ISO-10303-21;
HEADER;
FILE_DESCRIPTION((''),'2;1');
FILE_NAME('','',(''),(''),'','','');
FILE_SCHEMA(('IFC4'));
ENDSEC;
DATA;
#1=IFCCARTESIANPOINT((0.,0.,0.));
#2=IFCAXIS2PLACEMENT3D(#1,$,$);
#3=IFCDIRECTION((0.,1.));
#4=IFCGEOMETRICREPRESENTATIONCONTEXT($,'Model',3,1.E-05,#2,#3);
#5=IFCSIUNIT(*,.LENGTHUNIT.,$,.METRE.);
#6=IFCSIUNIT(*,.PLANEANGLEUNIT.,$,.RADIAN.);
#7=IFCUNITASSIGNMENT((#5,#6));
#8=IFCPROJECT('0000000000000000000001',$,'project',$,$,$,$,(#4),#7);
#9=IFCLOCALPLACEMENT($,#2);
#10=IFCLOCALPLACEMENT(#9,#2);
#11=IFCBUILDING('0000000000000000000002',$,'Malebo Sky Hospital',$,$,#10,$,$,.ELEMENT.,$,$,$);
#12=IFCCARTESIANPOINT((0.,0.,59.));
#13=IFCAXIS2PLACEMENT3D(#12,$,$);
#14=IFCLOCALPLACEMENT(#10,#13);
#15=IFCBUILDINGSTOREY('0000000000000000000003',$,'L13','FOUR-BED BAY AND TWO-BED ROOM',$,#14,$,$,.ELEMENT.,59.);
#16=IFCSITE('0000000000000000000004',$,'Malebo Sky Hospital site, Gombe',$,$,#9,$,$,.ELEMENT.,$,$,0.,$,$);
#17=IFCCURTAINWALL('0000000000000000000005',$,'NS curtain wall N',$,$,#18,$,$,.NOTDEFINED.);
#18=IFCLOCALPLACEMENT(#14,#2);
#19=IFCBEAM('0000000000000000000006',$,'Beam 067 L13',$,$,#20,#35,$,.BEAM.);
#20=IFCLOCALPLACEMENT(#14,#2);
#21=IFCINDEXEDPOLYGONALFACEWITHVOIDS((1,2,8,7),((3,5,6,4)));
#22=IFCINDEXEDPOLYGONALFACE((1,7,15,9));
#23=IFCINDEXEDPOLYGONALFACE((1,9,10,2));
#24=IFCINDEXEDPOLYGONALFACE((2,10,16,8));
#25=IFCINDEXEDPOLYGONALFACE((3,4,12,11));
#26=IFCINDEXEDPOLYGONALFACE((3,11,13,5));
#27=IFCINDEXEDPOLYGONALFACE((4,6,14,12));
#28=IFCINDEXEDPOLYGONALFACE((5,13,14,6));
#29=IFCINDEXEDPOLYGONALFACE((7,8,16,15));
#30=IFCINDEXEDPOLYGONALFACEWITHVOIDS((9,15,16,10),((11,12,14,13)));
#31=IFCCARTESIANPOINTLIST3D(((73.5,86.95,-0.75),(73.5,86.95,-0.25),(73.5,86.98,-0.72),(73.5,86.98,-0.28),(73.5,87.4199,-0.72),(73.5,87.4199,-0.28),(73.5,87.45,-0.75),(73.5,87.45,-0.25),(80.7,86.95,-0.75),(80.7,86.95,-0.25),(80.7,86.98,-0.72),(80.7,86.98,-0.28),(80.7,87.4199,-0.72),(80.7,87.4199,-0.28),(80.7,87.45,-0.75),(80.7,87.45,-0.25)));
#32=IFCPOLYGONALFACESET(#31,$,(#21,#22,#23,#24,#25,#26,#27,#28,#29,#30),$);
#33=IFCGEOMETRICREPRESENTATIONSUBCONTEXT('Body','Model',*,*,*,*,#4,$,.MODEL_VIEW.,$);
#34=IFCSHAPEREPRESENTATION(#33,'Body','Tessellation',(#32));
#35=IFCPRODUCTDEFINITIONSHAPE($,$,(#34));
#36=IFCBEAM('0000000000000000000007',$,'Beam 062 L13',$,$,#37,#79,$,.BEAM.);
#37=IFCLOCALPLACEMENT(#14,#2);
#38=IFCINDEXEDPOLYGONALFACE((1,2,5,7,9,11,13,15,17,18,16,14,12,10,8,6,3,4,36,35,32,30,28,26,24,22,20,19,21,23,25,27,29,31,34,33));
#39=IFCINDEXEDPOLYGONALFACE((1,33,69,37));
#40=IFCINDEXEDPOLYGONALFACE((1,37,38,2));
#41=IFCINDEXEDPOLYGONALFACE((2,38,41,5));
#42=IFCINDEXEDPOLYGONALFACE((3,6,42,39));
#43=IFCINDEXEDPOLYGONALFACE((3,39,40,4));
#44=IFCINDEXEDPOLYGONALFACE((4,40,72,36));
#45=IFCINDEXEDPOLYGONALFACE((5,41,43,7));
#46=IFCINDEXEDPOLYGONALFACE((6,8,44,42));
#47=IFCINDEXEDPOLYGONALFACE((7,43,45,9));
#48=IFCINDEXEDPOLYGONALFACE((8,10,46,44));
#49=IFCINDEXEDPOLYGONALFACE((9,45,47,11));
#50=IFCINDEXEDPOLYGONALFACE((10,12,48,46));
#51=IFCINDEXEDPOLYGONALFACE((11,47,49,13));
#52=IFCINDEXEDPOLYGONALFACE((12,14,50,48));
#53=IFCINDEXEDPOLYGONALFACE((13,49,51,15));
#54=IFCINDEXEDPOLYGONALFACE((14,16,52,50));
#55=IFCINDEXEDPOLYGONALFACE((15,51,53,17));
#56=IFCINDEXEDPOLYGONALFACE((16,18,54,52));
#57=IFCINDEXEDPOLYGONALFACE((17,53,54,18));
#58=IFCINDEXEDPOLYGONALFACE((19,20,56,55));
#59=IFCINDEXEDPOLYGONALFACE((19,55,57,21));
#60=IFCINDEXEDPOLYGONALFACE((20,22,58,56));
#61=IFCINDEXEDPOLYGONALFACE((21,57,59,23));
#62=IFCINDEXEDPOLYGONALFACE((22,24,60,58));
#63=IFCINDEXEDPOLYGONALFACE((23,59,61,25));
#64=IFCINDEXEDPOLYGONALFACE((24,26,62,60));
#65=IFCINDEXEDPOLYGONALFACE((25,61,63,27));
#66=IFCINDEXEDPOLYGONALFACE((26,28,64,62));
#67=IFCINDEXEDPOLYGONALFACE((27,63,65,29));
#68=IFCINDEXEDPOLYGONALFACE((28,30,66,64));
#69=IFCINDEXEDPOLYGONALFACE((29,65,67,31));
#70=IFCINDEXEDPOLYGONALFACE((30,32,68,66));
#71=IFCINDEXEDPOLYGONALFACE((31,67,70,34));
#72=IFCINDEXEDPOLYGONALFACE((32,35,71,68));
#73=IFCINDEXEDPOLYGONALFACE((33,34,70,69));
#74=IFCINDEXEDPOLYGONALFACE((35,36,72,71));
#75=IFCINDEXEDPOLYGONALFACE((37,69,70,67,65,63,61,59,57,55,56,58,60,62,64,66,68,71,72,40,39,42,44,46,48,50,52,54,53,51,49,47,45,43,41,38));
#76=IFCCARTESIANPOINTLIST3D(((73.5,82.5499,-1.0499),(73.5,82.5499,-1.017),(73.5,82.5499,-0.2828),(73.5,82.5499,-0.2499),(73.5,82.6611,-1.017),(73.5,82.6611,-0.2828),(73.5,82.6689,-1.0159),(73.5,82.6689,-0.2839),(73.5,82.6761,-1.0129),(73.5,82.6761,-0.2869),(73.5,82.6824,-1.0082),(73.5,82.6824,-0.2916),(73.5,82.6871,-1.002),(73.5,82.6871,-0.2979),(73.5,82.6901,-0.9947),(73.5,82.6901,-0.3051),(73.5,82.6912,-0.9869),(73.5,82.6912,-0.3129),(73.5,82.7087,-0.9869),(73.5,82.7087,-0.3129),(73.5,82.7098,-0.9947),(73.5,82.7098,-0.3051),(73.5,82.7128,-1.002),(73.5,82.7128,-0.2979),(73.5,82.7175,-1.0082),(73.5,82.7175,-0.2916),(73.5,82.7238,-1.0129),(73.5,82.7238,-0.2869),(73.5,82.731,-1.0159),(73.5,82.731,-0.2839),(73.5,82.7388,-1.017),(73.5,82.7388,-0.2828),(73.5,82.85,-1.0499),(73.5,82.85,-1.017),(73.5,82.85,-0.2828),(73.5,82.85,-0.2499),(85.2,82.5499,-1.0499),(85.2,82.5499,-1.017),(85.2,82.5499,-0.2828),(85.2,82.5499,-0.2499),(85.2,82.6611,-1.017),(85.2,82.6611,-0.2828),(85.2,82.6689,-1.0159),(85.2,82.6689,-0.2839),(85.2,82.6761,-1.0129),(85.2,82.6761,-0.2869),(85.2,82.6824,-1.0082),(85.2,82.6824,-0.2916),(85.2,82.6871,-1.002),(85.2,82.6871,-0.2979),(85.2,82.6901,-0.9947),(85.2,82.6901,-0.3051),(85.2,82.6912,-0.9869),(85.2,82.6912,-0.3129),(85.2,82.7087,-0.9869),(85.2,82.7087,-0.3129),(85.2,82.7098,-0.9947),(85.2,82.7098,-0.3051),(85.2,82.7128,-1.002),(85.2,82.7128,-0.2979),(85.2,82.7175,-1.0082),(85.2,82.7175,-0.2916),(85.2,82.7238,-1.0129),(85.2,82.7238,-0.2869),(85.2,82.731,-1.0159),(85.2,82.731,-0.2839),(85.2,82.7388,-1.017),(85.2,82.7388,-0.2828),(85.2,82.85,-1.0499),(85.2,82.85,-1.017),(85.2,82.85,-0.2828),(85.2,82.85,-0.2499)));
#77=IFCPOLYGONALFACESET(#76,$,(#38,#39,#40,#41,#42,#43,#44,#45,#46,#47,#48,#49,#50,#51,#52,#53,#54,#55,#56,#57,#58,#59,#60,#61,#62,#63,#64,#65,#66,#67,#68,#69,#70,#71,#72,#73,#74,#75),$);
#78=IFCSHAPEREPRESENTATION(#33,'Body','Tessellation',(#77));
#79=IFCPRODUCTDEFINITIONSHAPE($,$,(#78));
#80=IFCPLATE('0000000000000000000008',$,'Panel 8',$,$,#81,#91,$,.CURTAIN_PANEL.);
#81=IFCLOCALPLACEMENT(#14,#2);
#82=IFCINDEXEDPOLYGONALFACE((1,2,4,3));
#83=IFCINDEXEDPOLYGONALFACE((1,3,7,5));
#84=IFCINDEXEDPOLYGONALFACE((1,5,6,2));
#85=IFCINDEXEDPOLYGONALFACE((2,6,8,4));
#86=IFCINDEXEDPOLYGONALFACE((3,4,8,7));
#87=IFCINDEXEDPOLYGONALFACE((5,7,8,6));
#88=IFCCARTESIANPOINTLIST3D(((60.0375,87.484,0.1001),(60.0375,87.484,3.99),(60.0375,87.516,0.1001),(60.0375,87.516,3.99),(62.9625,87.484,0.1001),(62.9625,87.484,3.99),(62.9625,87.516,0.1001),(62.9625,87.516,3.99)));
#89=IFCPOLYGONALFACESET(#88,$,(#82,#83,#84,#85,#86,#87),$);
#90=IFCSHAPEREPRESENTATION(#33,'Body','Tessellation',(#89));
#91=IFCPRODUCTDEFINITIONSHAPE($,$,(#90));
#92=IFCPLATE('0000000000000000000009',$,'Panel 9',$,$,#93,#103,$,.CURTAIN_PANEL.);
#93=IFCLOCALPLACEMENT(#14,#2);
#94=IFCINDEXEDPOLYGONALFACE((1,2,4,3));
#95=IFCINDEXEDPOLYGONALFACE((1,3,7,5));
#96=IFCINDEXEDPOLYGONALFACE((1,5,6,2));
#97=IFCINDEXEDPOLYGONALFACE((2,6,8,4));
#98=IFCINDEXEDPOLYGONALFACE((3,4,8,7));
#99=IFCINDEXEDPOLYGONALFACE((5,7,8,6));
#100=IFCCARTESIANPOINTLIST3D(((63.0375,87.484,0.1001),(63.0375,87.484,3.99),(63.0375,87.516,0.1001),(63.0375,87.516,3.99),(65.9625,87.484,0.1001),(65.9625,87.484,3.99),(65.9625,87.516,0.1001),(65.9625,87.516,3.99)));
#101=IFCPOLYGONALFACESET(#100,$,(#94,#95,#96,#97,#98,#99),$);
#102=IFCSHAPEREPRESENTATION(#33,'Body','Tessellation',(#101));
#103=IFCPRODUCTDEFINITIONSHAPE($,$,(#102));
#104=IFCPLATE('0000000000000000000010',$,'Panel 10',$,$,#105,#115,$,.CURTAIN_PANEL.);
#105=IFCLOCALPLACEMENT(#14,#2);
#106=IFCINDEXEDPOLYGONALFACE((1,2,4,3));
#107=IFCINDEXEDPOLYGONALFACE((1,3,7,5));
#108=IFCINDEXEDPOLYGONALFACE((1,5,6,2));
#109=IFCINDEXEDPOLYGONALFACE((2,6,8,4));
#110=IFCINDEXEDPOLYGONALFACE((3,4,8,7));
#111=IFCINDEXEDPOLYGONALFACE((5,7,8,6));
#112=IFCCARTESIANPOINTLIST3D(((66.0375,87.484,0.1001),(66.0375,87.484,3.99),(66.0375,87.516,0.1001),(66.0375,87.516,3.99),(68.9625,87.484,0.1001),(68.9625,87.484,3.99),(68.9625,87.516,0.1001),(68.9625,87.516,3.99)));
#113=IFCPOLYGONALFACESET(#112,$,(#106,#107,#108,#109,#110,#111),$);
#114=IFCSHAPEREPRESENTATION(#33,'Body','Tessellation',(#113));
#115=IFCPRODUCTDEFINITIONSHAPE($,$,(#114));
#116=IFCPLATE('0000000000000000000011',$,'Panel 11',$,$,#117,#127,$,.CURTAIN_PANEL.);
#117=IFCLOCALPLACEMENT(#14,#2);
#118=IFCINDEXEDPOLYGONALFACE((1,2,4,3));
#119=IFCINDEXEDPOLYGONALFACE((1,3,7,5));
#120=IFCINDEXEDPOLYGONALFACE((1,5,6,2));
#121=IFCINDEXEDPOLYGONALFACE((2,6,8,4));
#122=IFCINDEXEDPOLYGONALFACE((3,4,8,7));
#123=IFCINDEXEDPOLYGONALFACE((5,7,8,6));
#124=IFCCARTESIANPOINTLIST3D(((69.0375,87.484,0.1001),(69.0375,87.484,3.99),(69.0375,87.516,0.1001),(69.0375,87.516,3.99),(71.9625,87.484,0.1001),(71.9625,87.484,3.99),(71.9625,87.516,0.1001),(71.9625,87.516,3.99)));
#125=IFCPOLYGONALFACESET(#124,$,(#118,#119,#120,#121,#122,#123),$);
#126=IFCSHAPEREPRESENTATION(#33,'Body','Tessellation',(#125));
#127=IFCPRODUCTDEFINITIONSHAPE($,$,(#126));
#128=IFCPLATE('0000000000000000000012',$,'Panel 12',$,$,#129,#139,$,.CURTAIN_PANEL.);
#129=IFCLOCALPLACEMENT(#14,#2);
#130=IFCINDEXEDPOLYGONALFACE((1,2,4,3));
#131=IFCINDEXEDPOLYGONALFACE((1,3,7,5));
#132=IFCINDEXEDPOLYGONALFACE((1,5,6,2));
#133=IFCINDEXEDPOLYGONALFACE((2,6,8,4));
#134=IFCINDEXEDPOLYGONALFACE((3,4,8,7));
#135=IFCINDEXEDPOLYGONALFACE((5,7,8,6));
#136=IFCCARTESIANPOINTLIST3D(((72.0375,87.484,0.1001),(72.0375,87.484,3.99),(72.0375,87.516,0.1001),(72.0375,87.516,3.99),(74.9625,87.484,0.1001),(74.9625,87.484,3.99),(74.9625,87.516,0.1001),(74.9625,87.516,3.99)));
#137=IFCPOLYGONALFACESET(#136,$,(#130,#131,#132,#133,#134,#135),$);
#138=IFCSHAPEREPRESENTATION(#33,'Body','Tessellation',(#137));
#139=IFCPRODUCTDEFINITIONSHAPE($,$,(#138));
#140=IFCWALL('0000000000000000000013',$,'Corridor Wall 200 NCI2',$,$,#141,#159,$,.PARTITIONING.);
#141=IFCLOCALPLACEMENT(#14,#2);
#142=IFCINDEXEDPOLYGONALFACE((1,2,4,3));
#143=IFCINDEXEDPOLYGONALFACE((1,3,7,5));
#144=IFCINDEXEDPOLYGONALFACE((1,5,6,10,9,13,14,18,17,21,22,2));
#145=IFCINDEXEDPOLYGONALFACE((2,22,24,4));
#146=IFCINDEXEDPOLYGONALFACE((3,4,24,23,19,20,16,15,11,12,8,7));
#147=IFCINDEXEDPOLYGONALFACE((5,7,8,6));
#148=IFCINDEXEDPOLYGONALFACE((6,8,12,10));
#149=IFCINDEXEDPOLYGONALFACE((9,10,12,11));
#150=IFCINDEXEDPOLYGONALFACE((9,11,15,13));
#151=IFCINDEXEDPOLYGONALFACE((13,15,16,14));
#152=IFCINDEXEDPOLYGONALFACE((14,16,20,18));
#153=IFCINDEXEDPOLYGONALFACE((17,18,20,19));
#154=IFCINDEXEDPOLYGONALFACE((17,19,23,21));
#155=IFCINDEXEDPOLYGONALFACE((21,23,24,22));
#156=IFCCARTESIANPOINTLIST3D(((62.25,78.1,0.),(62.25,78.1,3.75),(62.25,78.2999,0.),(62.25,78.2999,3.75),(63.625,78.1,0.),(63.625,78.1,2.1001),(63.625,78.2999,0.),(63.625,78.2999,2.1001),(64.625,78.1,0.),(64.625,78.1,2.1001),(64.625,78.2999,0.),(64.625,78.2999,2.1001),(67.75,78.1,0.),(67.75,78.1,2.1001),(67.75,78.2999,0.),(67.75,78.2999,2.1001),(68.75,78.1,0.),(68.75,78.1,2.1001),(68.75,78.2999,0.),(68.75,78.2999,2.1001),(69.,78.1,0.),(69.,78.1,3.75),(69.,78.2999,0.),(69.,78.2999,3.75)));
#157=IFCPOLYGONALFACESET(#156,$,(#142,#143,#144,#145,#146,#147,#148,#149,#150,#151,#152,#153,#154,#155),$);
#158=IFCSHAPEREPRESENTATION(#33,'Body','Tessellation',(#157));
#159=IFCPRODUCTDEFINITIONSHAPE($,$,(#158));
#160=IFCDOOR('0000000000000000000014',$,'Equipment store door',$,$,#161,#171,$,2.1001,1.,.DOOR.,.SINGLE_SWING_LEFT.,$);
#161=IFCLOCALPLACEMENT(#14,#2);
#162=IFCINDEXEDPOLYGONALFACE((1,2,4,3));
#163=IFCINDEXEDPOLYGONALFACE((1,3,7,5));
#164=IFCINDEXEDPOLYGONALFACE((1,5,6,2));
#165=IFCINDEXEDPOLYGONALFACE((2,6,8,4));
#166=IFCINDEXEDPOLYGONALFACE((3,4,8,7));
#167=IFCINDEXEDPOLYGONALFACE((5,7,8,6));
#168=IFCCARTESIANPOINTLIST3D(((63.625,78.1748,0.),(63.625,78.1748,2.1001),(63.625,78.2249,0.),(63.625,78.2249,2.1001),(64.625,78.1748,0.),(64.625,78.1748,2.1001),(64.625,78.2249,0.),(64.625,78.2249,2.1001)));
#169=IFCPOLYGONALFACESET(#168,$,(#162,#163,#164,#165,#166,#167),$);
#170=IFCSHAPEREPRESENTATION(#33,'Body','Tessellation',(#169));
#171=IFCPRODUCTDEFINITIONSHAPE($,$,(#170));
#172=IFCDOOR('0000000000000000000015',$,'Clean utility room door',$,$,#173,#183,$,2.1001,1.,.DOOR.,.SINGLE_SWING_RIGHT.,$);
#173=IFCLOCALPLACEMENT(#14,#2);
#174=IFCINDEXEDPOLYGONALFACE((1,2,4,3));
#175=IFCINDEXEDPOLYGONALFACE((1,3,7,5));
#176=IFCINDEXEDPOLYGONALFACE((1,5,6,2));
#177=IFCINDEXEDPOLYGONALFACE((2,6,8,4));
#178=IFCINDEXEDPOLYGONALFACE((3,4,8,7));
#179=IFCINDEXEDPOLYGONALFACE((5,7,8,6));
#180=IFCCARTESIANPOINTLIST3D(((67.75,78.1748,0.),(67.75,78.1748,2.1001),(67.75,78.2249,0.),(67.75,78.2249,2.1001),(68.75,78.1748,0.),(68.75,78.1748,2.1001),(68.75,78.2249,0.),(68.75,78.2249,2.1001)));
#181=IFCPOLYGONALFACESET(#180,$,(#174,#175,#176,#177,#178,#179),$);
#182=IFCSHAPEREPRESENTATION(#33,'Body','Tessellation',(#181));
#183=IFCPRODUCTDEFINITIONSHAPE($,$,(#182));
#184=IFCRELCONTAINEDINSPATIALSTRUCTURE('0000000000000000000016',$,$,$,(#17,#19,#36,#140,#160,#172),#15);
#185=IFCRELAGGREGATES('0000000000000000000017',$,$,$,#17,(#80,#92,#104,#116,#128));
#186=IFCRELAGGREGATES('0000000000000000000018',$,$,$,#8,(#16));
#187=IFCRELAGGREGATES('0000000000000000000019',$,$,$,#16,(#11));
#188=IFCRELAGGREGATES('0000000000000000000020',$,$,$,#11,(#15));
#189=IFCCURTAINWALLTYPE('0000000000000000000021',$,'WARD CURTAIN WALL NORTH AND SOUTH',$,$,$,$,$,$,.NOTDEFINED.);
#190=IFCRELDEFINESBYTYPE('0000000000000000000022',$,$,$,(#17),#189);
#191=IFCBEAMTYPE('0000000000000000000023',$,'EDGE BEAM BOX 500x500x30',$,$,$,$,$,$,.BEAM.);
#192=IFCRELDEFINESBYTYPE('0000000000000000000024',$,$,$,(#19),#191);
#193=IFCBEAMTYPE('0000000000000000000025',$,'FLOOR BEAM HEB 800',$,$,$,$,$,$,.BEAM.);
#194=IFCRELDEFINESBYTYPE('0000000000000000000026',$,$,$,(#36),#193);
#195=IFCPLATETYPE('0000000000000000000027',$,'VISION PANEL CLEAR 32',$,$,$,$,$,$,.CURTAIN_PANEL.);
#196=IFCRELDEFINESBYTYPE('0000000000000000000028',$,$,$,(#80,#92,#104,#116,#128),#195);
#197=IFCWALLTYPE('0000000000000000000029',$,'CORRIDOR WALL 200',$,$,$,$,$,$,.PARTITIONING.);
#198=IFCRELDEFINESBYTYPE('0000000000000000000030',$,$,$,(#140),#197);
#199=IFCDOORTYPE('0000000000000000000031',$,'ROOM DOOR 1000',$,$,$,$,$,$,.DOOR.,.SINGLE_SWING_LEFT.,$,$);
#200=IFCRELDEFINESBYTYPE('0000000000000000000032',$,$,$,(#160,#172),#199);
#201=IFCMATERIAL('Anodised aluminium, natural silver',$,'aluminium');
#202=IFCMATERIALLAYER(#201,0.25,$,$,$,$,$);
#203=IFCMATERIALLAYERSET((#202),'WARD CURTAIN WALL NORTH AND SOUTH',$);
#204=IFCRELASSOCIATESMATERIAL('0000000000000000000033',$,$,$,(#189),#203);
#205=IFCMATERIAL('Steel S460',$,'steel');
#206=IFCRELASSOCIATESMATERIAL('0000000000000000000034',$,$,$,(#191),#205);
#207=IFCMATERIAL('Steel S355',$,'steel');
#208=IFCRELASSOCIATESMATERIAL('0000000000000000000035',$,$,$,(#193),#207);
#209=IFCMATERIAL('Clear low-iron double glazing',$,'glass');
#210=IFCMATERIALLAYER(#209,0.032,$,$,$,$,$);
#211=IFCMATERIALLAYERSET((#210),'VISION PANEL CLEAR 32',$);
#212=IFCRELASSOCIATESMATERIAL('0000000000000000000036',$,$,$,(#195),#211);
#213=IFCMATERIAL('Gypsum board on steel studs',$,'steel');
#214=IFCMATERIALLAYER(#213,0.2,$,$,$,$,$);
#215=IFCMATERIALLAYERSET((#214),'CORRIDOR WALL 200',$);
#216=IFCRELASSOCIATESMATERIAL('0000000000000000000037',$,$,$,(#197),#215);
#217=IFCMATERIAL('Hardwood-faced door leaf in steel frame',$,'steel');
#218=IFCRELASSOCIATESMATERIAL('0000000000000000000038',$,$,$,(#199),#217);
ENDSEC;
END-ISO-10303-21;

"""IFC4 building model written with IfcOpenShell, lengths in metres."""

from ifc_helpers import new_model, si_unit, direction, frame, frame_2d, origin, origin_2d, place, context, subcontext, project, spatial, rectangle, hollow_rectangle, i_section, extrude, material, layer, layer_set, material_profile, profile_set, type_object, element, fill, aggregate, save


model = new_model("IFC4")

# Units and contexts
model_context = context("Model", 3, precision=1e-05, world=origin(), true_north=direction((0.0, 1.0)))
body_context = subcontext(model_context, "Body", "Model", "MODEL_VIEW")
ifc_project = project(units=[si_unit("LENGTHUNIT", "METRE"), si_unit("PLANEANGLEUNIT", "RADIAN")], contexts=[model_context])

# Site, building, storey
site_placement = place(None, origin())
site = spatial("IfcSite", under=ifc_project, at=site_placement, Name="Malebo Sky Hospital site, Gombe", CompositionType="ELEMENT", RefElevation=0.0)
building_placement = place(site_placement, origin())
building = spatial("IfcBuilding", under=site, at=building_placement, Name="Malebo Sky Hospital", CompositionType="ELEMENT")
storey_placement = place(building_placement, frame((0.0, 0.0, 59.0)))
storey = spatial("IfcBuildingStorey", under=building, at=storey_placement, Name="L13", Description="FOUR-BED BAY AND TWO-BED ROOM", CompositionType="ELEMENT", Elevation=59.0)

# Shared definitions
ifc_material_1 = material(Name="Steel S460", Category="steel")

# Curtain wall
ifc_material_2 = material(Name="Anodised aluminium, natural silver", Category="aluminium")
ifc_layer_1 = layer(ifc_material_2, 0.25)
ifc_layer_set_1 = layer_set([ifc_layer_1], Name="WARD CURTAIN WALL NORTH AND SOUTH")
curtain_wall_type = type_object("IfcCurtainWallType", Name="WARD CURTAIN WALL NORTH AND SOUTH", PredefinedType="NOTDEFINED", material=ifc_layer_set_1)
curtain_wall_placement = place(storey_placement, origin())
curtain_wall = element("IfcCurtainWall", 1, at=curtain_wall_placement, inside=storey, type_object=curtain_wall_type, Name="NS curtain wall N", PredefinedType="NOTDEFINED")

# Beams
ifc_material_profile_1 = material_profile(ifc_material_1, hollow_rectangle(XDim=0.5, YDim=0.5, WallThickness=0.03, at=origin_2d()), Name="BOX 500x500x30")
ifc_profile_set_1 = profile_set([ifc_material_profile_1], Name="Steel S460")
beam_type_1 = type_object("IfcBeamType", Name="EDGE BEAM BOX 500x500x30", PredefinedType="BEAM", material=ifc_profile_set_1)
beam_1_placement = place(storey_placement, frame((73.5, 87.2, -0.5), z_axis=(1.0, 0.0, 0.0), x_axis=(0.0, 1.0, 0.0)))
element("IfcBeam", 2, at=beam_1_placement, inside=storey, type_object=beam_type_1, Name="Beam 067 L13", PredefinedType="BEAM", context=body_context, shape_type="SweptSolid", body=[
    extrude(hollow_rectangle(XDim=0.5, YDim=0.5, WallThickness=0.03, at=origin_2d()), origin(), (0.0, 0.0, 1.0), 7.2),
])
ifc_material_3 = material(Name="Steel S355", Category="steel")
ifc_material_profile_2 = material_profile(ifc_material_3, i_section(OverallWidth=0.3, OverallDepth=0.8, WebThickness=0.0176, FlangeThickness=0.033, FilletRadius=0.03, at=origin_2d()), Name="HEB 800")
ifc_profile_set_2 = profile_set([ifc_material_profile_2], Name="Steel S355")
beam_type_2 = type_object("IfcBeamType", Name="FLOOR BEAM HEB 800", PredefinedType="BEAM", material=ifc_profile_set_2)
beam_2_placement = place(storey_placement, frame((73.5, 82.7, -0.6499), z_axis=(1.0, 0.0, 0.0), x_axis=(0.0, 1.0, 0.0)))
element("IfcBeam", 3, at=beam_2_placement, inside=storey, type_object=beam_type_2, Name="Beam 062 L13", PredefinedType="BEAM", context=body_context, shape_type="SweptSolid", body=[
    extrude(i_section(OverallWidth=0.3, OverallDepth=0.8, WebThickness=0.0176, FlangeThickness=0.033, FilletRadius=0.03, at=origin_2d()), origin(), (0.0, 0.0, 1.0), 11.7),
])

# Plates
ifc_material_4 = material(Name="Clear low-iron double glazing", Category="glass")
ifc_layer_2 = layer(ifc_material_4, 0.032)
ifc_layer_set_2 = layer_set([ifc_layer_2], Name="VISION PANEL CLEAR 32")
plate_type = type_object("IfcPlateType", Name="VISION PANEL CLEAR 32", PredefinedType="CURTAIN_PANEL", material=ifc_layer_set_2)
plate_1_placement = place(storey_placement, frame((61.5, 87.5, 0.1001), z_axis=(0.0, 0.0, 1.0), x_axis=(1.0, 0.0, 0.0)))
plate_1 = element("IfcPlate", 4, at=plate_1_placement, type_object=plate_type, Name="Panel 8", PredefinedType="CURTAIN_PANEL", context=body_context, shape_type="SweptSolid", body=[
    extrude(rectangle(XDim=2.925, YDim=0.032, at=origin_2d()), origin(), (0.0, 0.0, 1.0), 3.8899),
])
plate_2_placement = place(storey_placement, frame((64.5, 87.5, 0.1001), z_axis=(0.0, 0.0, 1.0), x_axis=(1.0, 0.0, 0.0)))
plate_2 = element("IfcPlate", 5, at=plate_2_placement, type_object=plate_type, Name="Panel 9", PredefinedType="CURTAIN_PANEL", context=body_context, shape_type="SweptSolid", body=[
    extrude(rectangle(XDim=2.925, YDim=0.032, at=origin_2d()), origin(), (0.0, 0.0, 1.0), 3.8899),
])
plate_3_placement = place(storey_placement, frame((67.5, 87.5, 0.1001), z_axis=(0.0, 0.0, 1.0), x_axis=(1.0, 0.0, 0.0)))
plate_3 = element("IfcPlate", 6, at=plate_3_placement, type_object=plate_type, Name="Panel 10", PredefinedType="CURTAIN_PANEL", context=body_context, shape_type="SweptSolid", body=[
    extrude(rectangle(XDim=2.925, YDim=0.032, at=origin_2d()), origin(), (0.0, 0.0, 1.0), 3.8899),
])
plate_4_placement = place(storey_placement, frame((70.5, 87.5, 0.1001), z_axis=(0.0, 0.0, 1.0), x_axis=(1.0, 0.0, 0.0)))
plate_4 = element("IfcPlate", 7, at=plate_4_placement, type_object=plate_type, Name="Panel 11", PredefinedType="CURTAIN_PANEL", context=body_context, shape_type="SweptSolid", body=[
    extrude(rectangle(XDim=2.925, YDim=0.032, at=origin_2d()), origin(), (0.0, 0.0, 1.0), 3.8899),
])
plate_5_placement = place(storey_placement, frame((73.5, 87.5, 0.1001), z_axis=(0.0, 0.0, 1.0), x_axis=(1.0, 0.0, 0.0)))
plate_5 = element("IfcPlate", 8, at=plate_5_placement, type_object=plate_type, Name="Panel 12", PredefinedType="CURTAIN_PANEL", context=body_context, shape_type="SweptSolid", body=[
    extrude(rectangle(XDim=2.925, YDim=0.032, at=origin_2d()), origin(), (0.0, 0.0, 1.0), 3.8899),
])
aggregate(curtain_wall, [plate_1, plate_2, plate_3, plate_4, plate_5])

# Wall, openings, doors
ifc_material_5 = material(Name="Gypsum board on steel studs", Category="steel")
ifc_layer_3 = layer(ifc_material_5, 0.2)
ifc_layer_set_3 = layer_set([ifc_layer_3], Name="CORRIDOR WALL 200")
wall_type_1 = type_object("IfcWallType", Name="CORRIDOR WALL 200", PredefinedType="PARTITIONING", material=ifc_layer_set_3)
wall_1_placement = place(storey_placement, frame((62.25, 78.2, 0.0), z_axis=(0.0, 0.0, 1.0), x_axis=(1.0, 0.0, 0.0)))
wall_1 = element("IfcWall", 9, at=wall_1_placement, inside=storey, type_object=wall_type_1, Name="Corridor Wall 200 NCI2", PredefinedType="PARTITIONING", context=body_context, shape_type="SweptSolid", body=[
    extrude(rectangle(XDim=6.75, YDim=0.2, at=frame_2d((3.375, 0.0))), origin(), (0.0, 0.0, 1.0), 3.75),
])
opening_1_placement = place(wall_1_placement, frame((1.375, 0.0, 0.0)))
opening_1 = element("IfcOpeningElement", 10, at=opening_1_placement, cuts=wall_1, PredefinedType="OPENING", context=body_context, shape_type="SweptSolid", body=[
    extrude(rectangle(XDim=1.0, YDim=2.1001, at=frame_2d((0.5, 1.05))), frame((0.0, 0.1099, 0.0), z_axis=(0.0, -1.0, 0.0), x_axis=(1.0, 0.0, 0.0)), (0.0, 0.0, 1.0), 0.22),
])
opening_2_placement = place(wall_1_placement, frame((5.5, 0.0, 0.0)))
opening_2 = element("IfcOpeningElement", 11, at=opening_2_placement, cuts=wall_1, PredefinedType="OPENING", context=body_context, shape_type="SweptSolid", body=[
    extrude(rectangle(XDim=1.0, YDim=2.1001, at=frame_2d((0.5, 1.05))), frame((0.0, 0.1099, 0.0), z_axis=(0.0, -1.0, 0.0), x_axis=(1.0, 0.0, 0.0)), (0.0, 0.0, 1.0), 0.22),
])
ifc_material_6 = material(Name="Hardwood-faced door leaf in steel frame", Category="steel")
door_type_1 = type_object("IfcDoorType", Name="ROOM DOOR 1000", OperationType="SINGLE_SWING_LEFT", PredefinedType="DOOR", material=ifc_material_6)
door_1_placement = place(opening_1_placement, origin())
door_1 = element("IfcDoor", 12, at=door_1_placement, inside=storey, type_object=door_type_1, Name="Equipment store door", OperationType="SINGLE_SWING_LEFT", OverallHeight=2.1001, OverallWidth=1.0, PredefinedType="DOOR", context=body_context, shape_type="SweptSolid", body=[
    extrude(rectangle(XDim=1.0, YDim=2.1001, at=frame_2d((0.5, 1.05))), frame((0.0, 0.0249, 0.0), z_axis=(0.0, -1.0, 0.0), x_axis=(1.0, 0.0, 0.0)), (0.0, 0.0, 1.0), 0.05),
])
fill(opening_1, door_1)
door_2_placement = place(opening_2_placement, origin())
door_2 = element("IfcDoor", 13, at=door_2_placement, inside=storey, type_object=door_type_1, Name="Clean utility room door", OperationType="SINGLE_SWING_RIGHT", OverallHeight=2.1001, OverallWidth=1.0, PredefinedType="DOOR", context=body_context, shape_type="SweptSolid", body=[
    extrude(rectangle(XDim=1.0, YDim=2.1001, at=frame_2d((0.5, 1.05))), frame((0.0, 0.0249, 0.0), z_axis=(0.0, -1.0, 0.0), x_axis=(1.0, 0.0, 0.0)), (0.0, 0.0, 1.0), 0.05),
])
fill(opening_2, door_2)

save(model, "model.ifc")
